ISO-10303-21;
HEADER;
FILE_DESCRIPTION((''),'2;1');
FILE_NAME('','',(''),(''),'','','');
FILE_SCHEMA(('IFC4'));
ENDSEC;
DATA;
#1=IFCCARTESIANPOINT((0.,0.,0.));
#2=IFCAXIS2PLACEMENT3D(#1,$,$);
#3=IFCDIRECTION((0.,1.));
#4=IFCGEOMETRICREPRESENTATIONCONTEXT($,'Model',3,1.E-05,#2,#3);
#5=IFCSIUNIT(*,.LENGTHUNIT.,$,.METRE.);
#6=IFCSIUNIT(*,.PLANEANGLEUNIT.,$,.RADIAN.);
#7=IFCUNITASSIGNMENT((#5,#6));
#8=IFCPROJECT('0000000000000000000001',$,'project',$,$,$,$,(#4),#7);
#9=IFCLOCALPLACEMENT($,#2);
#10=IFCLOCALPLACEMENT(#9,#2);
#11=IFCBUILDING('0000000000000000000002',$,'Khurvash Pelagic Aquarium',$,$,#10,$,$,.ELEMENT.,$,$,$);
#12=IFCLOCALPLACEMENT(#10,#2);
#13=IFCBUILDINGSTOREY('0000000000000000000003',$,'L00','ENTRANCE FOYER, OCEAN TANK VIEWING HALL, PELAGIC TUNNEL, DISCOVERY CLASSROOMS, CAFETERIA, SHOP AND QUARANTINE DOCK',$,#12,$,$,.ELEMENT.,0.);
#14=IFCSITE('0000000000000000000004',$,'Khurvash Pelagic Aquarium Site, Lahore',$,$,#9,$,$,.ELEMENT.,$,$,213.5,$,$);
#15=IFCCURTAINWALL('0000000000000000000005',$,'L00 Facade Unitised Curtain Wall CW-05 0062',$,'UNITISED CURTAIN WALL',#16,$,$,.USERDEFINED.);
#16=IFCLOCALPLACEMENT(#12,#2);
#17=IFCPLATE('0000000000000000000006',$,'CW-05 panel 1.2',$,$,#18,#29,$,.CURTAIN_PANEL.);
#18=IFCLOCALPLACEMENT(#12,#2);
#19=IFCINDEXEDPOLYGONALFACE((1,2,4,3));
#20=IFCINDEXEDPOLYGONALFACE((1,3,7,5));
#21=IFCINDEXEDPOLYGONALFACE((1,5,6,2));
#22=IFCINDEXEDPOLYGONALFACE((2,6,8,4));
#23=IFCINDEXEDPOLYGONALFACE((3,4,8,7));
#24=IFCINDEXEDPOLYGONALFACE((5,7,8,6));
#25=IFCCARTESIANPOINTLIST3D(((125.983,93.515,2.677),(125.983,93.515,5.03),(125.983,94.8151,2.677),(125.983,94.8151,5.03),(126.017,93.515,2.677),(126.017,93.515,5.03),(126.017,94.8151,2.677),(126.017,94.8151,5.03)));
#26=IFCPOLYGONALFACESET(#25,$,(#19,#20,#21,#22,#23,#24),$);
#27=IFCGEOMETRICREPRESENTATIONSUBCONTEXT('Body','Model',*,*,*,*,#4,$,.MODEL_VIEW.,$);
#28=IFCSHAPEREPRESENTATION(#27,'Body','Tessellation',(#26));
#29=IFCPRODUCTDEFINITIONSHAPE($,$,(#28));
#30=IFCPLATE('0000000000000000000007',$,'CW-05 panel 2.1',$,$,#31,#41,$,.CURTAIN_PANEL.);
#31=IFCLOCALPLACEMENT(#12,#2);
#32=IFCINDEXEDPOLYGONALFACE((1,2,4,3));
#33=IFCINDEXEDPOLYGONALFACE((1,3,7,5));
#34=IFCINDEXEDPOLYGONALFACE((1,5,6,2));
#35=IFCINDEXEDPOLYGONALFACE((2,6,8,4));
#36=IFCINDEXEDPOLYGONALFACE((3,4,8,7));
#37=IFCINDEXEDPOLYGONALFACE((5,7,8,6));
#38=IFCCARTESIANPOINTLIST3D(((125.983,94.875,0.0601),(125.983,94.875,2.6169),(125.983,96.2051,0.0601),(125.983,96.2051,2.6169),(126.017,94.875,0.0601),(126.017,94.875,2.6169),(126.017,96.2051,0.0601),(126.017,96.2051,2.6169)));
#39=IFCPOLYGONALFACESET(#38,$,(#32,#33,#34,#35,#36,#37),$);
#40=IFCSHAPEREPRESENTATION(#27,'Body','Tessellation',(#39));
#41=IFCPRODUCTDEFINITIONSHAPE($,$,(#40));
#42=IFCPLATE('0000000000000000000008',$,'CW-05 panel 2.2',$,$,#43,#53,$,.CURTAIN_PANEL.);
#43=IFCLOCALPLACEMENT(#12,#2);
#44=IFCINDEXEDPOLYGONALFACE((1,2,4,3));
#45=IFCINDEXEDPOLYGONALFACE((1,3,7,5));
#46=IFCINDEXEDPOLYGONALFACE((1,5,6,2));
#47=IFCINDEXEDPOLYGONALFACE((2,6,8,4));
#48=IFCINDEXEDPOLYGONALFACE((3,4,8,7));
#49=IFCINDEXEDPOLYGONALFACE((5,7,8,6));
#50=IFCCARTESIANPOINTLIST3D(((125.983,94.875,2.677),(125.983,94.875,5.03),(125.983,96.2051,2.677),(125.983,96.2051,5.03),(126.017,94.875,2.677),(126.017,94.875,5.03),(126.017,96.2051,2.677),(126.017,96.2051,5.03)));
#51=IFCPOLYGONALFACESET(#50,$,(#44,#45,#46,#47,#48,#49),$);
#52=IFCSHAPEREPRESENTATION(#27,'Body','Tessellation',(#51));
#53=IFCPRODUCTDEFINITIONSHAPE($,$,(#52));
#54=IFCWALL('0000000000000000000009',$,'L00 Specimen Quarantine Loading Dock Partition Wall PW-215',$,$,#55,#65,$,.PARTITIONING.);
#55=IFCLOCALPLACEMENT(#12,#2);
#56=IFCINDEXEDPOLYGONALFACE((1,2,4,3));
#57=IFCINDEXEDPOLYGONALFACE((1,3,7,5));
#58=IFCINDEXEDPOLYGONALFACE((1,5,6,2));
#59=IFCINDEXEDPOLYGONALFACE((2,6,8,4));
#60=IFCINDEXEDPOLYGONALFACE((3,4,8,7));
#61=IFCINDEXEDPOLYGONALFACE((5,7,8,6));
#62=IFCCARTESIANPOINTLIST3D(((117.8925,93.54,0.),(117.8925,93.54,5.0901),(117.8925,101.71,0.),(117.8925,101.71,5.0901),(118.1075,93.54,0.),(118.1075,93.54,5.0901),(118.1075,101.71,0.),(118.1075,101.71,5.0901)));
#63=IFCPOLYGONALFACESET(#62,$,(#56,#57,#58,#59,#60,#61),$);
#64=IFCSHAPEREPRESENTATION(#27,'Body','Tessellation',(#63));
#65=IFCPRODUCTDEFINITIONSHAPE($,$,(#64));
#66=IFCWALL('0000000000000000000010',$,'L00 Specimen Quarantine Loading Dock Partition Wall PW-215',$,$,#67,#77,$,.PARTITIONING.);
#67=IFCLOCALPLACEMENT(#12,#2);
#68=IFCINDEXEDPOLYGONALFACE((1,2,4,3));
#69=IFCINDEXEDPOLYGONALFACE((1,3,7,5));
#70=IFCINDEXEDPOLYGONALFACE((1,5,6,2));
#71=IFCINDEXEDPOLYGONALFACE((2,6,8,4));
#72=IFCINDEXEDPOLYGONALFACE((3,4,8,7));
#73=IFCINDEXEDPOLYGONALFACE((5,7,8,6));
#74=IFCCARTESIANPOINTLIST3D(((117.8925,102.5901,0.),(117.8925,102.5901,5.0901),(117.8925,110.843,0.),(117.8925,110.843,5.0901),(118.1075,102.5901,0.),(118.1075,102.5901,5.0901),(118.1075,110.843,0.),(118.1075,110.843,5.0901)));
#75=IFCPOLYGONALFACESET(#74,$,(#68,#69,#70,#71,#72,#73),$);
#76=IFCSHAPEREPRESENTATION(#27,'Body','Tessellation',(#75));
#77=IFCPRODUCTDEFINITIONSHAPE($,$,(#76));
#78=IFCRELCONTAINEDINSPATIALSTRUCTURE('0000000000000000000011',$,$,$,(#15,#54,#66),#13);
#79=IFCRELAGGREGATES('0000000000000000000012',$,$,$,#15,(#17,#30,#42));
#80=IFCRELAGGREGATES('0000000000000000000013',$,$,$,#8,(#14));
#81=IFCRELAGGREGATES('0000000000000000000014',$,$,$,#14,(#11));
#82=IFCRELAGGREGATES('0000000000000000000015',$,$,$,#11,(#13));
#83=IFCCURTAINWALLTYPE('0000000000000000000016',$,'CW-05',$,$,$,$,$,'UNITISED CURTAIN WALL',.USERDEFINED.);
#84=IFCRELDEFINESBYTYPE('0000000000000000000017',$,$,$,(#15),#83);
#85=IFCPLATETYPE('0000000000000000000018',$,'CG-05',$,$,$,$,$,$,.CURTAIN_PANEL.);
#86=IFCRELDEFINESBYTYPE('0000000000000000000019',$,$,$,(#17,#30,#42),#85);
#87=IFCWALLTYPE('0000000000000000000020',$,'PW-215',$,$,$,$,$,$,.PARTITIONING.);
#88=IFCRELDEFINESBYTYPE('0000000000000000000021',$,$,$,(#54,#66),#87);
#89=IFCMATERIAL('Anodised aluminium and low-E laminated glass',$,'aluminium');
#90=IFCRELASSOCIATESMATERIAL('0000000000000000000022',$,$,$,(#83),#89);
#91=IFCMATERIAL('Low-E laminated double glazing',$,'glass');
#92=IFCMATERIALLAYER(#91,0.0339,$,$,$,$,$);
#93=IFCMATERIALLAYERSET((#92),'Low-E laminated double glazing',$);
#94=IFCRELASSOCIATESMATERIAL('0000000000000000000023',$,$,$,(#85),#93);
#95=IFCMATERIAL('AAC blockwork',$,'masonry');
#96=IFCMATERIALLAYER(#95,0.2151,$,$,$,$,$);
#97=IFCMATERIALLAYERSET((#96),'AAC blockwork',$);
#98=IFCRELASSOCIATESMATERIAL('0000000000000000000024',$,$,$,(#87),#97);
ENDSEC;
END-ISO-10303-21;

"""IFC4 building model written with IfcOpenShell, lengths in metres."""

from ifc_helpers import new_model, si_unit, direction, frame, frame_2d, origin, origin_2d, place, context, subcontext, project, spatial, rectangle, extrude, material, layer, layer_set, type_object, element, aggregate, save


model = new_model("IFC4")

# Units and contexts
model_context = context("Model", 3, precision=1e-05, world=origin(), true_north=direction((0.0, 1.0)))
body_context = subcontext(model_context, "Body", "Model", "MODEL_VIEW")
ifc_project = project(units=[si_unit("LENGTHUNIT", "METRE"), si_unit("PLANEANGLEUNIT", "RADIAN")], contexts=[model_context])

# Site, building, storey
site_placement = place(None, origin())
site = spatial("IfcSite", under=ifc_project, at=site_placement, Name="Khurvash Pelagic Aquarium Site, Lahore", CompositionType="ELEMENT", RefElevation=213.5)
building_placement = place(site_placement, origin())
building = spatial("IfcBuilding", under=site, at=building_placement, Name="Khurvash Pelagic Aquarium", CompositionType="ELEMENT")
storey_placement = place(building_placement, origin())
storey = spatial("IfcBuildingStorey", under=building, at=storey_placement, Name="L00", Description="ENTRANCE FOYER, OCEAN TANK VIEWING HALL, PELAGIC TUNNEL, DISCOVERY CLASSROOMS, CAFETERIA, SHOP AND QUARANTINE DOCK", CompositionType="ELEMENT", Elevation=0.0)

# Curtain wall
ifc_material_1 = material(Name="Anodised aluminium and low-E laminated glass", Category="aluminium")
curtain_wall_type = type_object("IfcCurtainWallType", Name="CW-05", ElementType="UNITISED CURTAIN WALL", PredefinedType="USERDEFINED", material=ifc_material_1)
curtain_wall_placement = place(storey_placement, origin())
curtain_wall = element("IfcCurtainWall", 1, at=curtain_wall_placement, inside=storey, type_object=curtain_wall_type, Name="L00 Facade Unitised Curtain Wall CW-05 0062", ObjectType="UNITISED CURTAIN WALL", PredefinedType="USERDEFINED")

# Plates
ifc_material_2 = material(Name="Low-E laminated double glazing", Category="glass")
ifc_layer_1 = layer(ifc_material_2, 0.0339)
ifc_layer_set_1 = layer_set([ifc_layer_1], Name="Low-E laminated double glazing")
plate_type = type_object("IfcPlateType", Name="CG-05", PredefinedType="CURTAIN_PANEL", material=ifc_layer_set_1)
plate_1_placement = place(storey_placement, frame((126.0, 94.165, 2.677), z_axis=(0.0, 0.0, 1.0), x_axis=(0.0, 1.0, 0.0)))
plate_1 = element("IfcPlate", 2, at=plate_1_placement, type_object=plate_type, Name="CW-05 panel 1.2", PredefinedType="CURTAIN_PANEL", context=body_context, shape_type="SweptSolid", body=[
    extrude(rectangle(XDim=1.3, YDim=0.0339, at=origin_2d()), origin(), (0.0, 0.0, 1.0), 2.353),
])
plate_2_placement = place(storey_placement, frame((126.0, 95.54, 0.0601), z_axis=(0.0, 0.0, 1.0), x_axis=(0.0, 1.0, 0.0)))
plate_2 = element("IfcPlate", 3, at=plate_2_placement, type_object=plate_type, Name="CW-05 panel 2.1", PredefinedType="CURTAIN_PANEL", context=body_context, shape_type="SweptSolid", body=[
    extrude(rectangle(XDim=1.3301, YDim=0.0339, at=origin_2d()), origin(), (0.0, 0.0, 1.0), 2.5569),
])
plate_3_placement = place(storey_placement, frame((126.0, 95.54, 2.677), z_axis=(0.0, 0.0, 1.0), x_axis=(0.0, 1.0, 0.0)))
plate_3 = element("IfcPlate", 4, at=plate_3_placement, type_object=plate_type, Name="CW-05 panel 2.2", PredefinedType="CURTAIN_PANEL", context=body_context, shape_type="SweptSolid", body=[
    extrude(rectangle(XDim=1.3301, YDim=0.0339, at=origin_2d()), origin(), (0.0, 0.0, 1.0), 2.353),
])
aggregate(curtain_wall, [plate_1, plate_2, plate_3])

# Walls
ifc_material_3 = material(Name="AAC blockwork", Category="masonry")
ifc_layer_2 = layer(ifc_material_3, 0.2151)
ifc_layer_set_2 = layer_set([ifc_layer_2], Name="AAC blockwork")
wall_type_1 = type_object("IfcWallType", Name="PW-215", PredefinedType="PARTITIONING", material=ifc_layer_set_2)
wall_1_placement = place(storey_placement, frame((118.0, 93.54, 0.0), z_axis=(0.0, 0.0, 1.0), x_axis=(0.0, 1.0, 0.0)))
element("IfcWall", 5, at=wall_1_placement, inside=storey, type_object=wall_type_1, Name="L00 Specimen Quarantine Loading Dock Partition Wall PW-215", PredefinedType="PARTITIONING", context=body_context, shape_type="SweptSolid", body=[
    extrude(rectangle(XDim=8.1699, YDim=0.2151, at=frame_2d((4.085, 0.0))), origin(), (0.0, 0.0, 1.0), 5.0901),
])
wall_2_placement = place(storey_placement, frame((118.0, 102.5901, 0.0), z_axis=(0.0, 0.0, 1.0), x_axis=(0.0, 1.0, 0.0)))
element("IfcWall", 6, at=wall_2_placement, inside=storey, type_object=wall_type_1, Name="L00 Specimen Quarantine Loading Dock Partition Wall PW-215", PredefinedType="PARTITIONING", context=body_context, shape_type="SweptSolid", body=[
    extrude(rectangle(XDim=8.2529, YDim=0.2151, at=frame_2d((4.1265, 0.0))), origin(), (0.0, 0.0, 1.0), 5.0901),
])

save(model, "model.ifc")
